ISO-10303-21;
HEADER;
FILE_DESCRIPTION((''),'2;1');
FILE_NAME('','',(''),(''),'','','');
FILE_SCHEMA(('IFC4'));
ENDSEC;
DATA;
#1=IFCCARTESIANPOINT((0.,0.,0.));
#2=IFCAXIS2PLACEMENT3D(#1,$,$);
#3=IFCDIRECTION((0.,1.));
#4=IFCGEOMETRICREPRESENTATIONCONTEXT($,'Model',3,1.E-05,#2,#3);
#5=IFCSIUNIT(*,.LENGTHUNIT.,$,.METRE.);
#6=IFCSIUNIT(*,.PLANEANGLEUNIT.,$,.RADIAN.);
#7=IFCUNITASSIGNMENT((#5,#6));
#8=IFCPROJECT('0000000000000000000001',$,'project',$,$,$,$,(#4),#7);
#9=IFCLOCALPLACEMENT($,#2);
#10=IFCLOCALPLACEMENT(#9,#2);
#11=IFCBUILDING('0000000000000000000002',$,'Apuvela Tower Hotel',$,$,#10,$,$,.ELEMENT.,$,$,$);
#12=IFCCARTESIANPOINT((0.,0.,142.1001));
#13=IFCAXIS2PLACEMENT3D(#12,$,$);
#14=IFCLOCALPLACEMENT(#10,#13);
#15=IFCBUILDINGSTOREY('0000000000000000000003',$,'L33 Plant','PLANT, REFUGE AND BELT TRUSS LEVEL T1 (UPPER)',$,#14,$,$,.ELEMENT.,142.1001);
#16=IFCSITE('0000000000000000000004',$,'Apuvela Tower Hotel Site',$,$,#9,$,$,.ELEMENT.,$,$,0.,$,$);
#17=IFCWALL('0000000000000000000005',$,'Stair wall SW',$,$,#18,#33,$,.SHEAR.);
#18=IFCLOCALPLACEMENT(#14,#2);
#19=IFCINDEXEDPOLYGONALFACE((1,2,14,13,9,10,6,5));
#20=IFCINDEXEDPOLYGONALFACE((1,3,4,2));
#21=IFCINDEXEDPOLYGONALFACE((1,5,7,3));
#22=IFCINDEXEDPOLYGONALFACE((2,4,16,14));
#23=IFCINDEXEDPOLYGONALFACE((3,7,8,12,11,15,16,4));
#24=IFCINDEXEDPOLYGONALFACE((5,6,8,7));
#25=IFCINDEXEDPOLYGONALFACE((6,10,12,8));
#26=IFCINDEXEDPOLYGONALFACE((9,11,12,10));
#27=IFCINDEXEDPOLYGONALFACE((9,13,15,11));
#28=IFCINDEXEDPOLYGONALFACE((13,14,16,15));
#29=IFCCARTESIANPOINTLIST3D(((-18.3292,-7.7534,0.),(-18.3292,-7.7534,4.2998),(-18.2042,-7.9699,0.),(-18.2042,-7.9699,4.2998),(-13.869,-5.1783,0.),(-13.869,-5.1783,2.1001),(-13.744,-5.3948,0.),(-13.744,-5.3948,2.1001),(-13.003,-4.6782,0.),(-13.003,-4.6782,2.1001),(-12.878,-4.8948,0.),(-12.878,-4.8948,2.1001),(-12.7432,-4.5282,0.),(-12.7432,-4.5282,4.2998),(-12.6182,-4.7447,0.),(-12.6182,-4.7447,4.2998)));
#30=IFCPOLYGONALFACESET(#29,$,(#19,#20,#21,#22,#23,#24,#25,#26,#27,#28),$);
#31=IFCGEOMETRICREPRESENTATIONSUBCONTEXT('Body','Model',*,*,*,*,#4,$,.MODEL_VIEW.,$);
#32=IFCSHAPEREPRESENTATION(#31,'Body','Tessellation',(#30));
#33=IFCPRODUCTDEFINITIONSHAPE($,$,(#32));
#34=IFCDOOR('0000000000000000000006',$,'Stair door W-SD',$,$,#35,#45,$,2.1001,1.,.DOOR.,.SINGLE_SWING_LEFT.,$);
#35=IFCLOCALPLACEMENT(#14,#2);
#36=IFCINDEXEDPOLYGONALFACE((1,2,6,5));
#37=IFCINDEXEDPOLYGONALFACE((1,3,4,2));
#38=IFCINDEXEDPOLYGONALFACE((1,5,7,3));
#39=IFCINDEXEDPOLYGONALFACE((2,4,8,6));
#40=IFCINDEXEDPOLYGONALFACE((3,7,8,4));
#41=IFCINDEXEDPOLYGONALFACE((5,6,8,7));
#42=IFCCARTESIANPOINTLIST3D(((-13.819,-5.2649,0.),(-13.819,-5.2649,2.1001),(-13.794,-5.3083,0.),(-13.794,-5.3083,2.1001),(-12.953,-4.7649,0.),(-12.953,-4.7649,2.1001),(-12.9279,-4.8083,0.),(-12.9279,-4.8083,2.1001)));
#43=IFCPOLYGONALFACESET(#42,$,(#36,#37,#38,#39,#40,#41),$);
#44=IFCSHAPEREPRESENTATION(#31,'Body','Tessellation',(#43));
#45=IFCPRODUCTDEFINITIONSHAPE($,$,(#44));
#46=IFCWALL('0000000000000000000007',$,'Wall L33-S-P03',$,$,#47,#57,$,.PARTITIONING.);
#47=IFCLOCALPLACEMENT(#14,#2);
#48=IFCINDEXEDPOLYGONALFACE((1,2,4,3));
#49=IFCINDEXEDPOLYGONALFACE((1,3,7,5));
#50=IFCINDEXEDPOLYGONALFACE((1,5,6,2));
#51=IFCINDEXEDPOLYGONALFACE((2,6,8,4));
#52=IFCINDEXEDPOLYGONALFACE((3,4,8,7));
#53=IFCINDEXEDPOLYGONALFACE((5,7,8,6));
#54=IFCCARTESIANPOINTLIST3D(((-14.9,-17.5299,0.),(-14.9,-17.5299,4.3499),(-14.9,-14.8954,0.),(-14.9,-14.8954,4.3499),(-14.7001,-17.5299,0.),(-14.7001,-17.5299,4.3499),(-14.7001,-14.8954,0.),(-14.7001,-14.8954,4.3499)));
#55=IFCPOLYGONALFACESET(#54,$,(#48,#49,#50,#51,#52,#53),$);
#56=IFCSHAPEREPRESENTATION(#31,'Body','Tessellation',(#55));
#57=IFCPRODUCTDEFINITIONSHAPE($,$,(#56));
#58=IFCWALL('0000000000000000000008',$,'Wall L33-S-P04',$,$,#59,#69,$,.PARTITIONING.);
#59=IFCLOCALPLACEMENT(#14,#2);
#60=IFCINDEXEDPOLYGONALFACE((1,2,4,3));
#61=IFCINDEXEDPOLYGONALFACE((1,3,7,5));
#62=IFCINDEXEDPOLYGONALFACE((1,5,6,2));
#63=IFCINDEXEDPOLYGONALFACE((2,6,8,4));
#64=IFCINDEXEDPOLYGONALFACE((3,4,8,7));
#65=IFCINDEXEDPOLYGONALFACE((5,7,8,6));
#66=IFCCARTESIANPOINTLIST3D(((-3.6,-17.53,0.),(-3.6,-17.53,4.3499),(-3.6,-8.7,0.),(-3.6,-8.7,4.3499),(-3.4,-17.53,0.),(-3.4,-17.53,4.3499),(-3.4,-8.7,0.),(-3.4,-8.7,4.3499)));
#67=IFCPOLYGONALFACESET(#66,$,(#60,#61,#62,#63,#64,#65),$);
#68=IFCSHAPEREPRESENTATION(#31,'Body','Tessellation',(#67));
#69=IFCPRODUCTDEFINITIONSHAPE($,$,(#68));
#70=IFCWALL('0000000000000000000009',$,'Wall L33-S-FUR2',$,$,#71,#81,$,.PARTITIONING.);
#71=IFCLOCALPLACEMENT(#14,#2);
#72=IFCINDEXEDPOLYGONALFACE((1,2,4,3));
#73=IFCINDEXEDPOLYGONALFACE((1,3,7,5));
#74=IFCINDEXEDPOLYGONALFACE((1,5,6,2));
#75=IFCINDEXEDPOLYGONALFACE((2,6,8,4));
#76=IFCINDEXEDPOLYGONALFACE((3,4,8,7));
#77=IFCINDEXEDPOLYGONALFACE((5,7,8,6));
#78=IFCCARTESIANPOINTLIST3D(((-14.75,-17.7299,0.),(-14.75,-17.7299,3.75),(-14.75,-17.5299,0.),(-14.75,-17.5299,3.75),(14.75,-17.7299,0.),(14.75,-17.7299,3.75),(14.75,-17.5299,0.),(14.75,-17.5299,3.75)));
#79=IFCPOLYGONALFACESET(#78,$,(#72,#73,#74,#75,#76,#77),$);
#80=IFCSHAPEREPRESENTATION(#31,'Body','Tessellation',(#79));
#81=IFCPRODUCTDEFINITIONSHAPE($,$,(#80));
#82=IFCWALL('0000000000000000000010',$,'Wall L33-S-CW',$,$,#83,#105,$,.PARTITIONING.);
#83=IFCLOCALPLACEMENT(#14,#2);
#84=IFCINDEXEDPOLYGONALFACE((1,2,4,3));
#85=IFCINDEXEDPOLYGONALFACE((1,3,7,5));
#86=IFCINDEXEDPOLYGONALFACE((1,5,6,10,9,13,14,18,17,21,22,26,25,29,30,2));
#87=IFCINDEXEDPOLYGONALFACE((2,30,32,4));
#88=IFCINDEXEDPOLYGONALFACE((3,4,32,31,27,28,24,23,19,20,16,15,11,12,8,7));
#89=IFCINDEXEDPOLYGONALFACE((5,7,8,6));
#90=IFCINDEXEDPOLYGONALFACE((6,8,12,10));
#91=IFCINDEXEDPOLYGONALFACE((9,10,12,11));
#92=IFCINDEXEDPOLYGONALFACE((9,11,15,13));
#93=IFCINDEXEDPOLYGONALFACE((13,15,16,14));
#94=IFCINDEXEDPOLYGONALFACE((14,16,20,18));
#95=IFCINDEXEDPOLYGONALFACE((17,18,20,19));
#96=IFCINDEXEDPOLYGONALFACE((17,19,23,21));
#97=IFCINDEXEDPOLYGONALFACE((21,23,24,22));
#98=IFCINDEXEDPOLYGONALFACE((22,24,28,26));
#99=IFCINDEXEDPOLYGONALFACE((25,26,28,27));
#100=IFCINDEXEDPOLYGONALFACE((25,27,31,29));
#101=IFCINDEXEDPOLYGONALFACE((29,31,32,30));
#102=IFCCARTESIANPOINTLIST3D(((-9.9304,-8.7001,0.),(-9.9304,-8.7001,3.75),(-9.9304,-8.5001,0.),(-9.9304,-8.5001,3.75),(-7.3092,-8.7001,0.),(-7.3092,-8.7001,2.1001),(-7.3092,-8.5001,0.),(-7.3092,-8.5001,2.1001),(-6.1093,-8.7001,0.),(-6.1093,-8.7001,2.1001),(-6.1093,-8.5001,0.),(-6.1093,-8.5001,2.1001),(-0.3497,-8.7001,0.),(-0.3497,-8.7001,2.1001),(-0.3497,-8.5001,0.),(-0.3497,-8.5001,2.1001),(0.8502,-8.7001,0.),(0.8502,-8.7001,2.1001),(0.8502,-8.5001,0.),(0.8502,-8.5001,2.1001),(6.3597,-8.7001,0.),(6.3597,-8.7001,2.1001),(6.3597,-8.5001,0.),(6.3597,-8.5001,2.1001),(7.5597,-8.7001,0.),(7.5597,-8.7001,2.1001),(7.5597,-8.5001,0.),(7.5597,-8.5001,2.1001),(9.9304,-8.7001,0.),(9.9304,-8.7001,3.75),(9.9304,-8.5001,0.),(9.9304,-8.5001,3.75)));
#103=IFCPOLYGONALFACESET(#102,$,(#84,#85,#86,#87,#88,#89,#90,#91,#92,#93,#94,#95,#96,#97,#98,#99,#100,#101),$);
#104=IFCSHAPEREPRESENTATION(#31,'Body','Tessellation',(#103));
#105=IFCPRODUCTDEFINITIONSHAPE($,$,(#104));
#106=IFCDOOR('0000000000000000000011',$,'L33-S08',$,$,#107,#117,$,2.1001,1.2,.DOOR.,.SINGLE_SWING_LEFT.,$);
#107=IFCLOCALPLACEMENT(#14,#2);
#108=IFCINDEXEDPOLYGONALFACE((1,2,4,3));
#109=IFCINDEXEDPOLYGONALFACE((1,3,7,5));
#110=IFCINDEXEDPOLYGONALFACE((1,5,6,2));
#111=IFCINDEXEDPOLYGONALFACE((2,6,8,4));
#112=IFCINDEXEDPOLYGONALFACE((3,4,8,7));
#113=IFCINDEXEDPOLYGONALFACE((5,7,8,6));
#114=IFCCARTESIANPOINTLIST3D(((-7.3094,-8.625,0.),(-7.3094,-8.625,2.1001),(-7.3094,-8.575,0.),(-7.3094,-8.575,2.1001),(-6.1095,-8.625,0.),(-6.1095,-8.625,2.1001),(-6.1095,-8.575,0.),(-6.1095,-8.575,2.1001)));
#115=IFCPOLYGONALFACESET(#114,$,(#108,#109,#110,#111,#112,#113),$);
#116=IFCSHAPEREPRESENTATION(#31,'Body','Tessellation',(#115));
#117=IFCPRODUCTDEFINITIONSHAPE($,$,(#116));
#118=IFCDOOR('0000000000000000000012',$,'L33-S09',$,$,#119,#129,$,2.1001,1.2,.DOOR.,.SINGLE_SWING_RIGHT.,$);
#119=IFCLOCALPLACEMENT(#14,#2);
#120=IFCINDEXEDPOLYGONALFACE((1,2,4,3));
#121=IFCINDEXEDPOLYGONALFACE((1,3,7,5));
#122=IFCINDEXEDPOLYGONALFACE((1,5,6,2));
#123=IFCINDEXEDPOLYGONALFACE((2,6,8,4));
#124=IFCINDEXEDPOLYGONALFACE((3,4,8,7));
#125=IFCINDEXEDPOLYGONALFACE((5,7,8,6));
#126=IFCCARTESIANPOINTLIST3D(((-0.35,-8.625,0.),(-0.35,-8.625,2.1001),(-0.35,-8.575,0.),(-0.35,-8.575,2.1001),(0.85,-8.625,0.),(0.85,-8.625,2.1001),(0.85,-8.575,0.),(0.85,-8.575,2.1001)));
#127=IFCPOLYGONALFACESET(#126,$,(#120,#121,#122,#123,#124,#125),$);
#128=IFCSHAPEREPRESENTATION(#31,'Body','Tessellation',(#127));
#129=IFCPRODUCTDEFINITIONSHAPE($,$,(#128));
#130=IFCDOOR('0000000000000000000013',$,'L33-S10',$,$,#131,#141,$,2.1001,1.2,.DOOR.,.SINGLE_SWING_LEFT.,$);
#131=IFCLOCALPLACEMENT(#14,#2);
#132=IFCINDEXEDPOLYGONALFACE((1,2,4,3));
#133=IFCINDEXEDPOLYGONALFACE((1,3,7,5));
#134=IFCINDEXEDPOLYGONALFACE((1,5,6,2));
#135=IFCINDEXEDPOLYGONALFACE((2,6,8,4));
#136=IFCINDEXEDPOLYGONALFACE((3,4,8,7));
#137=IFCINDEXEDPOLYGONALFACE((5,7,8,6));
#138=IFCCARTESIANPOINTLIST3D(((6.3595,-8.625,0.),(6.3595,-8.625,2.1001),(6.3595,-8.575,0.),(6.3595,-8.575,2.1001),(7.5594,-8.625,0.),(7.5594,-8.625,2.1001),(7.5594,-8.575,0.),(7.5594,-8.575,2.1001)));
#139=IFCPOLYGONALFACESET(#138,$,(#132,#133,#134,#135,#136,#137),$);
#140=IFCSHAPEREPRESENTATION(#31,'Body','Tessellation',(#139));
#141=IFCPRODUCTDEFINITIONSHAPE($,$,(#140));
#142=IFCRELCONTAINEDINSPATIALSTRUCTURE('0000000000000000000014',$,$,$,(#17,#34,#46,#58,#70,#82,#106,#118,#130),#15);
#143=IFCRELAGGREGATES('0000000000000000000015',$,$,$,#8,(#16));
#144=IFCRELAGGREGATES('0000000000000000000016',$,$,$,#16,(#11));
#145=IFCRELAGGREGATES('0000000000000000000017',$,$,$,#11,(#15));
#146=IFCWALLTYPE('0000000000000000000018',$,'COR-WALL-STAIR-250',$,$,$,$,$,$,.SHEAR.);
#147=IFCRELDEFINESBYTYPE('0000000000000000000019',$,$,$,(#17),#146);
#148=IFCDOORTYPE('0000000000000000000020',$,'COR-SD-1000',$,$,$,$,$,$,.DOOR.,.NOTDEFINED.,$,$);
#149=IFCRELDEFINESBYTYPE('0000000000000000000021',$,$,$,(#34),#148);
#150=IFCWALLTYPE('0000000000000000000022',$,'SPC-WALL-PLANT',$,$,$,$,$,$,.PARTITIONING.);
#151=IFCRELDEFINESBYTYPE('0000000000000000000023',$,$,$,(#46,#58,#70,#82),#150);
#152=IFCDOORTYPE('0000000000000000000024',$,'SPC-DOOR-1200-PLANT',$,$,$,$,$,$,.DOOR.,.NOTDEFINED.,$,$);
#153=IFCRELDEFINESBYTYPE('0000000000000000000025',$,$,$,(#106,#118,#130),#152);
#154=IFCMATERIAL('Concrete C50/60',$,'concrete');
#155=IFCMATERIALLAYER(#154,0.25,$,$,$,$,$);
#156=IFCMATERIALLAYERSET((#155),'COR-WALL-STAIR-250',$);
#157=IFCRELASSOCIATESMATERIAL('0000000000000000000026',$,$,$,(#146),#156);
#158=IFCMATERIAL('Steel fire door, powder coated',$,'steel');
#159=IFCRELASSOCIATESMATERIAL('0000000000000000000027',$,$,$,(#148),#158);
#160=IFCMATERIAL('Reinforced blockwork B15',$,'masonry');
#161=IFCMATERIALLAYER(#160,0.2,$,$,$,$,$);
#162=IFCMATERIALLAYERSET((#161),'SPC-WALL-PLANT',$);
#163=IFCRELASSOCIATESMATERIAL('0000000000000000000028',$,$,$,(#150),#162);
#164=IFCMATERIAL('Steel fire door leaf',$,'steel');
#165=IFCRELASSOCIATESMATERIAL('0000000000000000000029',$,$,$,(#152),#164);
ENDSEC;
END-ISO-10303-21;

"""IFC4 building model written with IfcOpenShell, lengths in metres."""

from ifc_helpers import new_model, si_unit, direction, frame, frame_2d, origin, place, context, subcontext, project, spatial, rectangle, extrude, material, layer, layer_set, type_object, element, fill, save


model = new_model("IFC4")

# Units and contexts
model_context = context("Model", 3, precision=1e-05, world=origin(), true_north=direction((0.0, 1.0)))
body_context = subcontext(model_context, "Body", "Model", "MODEL_VIEW")
ifc_project = project(units=[si_unit("LENGTHUNIT", "METRE"), si_unit("PLANEANGLEUNIT", "RADIAN")], contexts=[model_context])

# Site, building, storey
site_placement = place(None, origin())
site = spatial("IfcSite", under=ifc_project, at=site_placement, Name="Apuvela Tower Hotel Site", CompositionType="ELEMENT", RefElevation=0.0)
building_placement = place(site_placement, origin())
building = spatial("IfcBuilding", under=site, at=building_placement, Name="Apuvela Tower Hotel", CompositionType="ELEMENT")
storey_placement = place(building_placement, frame((0.0, 0.0, 142.1001)))
storey = spatial("IfcBuildingStorey", under=building, at=storey_placement, Name="L33 Plant", Description="PLANT, REFUGE AND BELT TRUSS LEVEL T1 (UPPER)", CompositionType="ELEMENT", Elevation=142.1001)

# Shared definitions
ifc_material_1 = material(Name="Concrete C50/60", Category="concrete")

# Wall, opening, door
ifc_layer_1 = layer(ifc_material_1, 0.25)
ifc_layer_set_1 = layer_set([ifc_layer_1], Name="COR-WALL-STAIR-250")
wall_type_1 = type_object("IfcWallType", Name="COR-WALL-STAIR-250", PredefinedType="SHEAR", material=ifc_layer_set_1)
wall_1_placement = place(storey_placement, frame((-12.6807, -4.6365, 0.0), z_axis=(0.0, 0.0, 1.0), x_axis=(-0.866022, -0.500006, 0.0)))
wall_1 = element("IfcWall", 1, at=wall_1_placement, inside=storey, type_object=wall_type_1, Name="Stair wall SW", PredefinedType="SHEAR", context=body_context, shape_type="SweptSolid", body=[
    extrude(rectangle(XDim=6.4502, YDim=0.25, at=frame_2d((3.2251, 0.0))), origin(), (0.0, 0.0, 1.0), 4.2998),
])
opening_1_placement = place(wall_1_placement, frame((0.3, 0.0, 0.0)))
opening_1 = element("IfcOpeningElement", 2, at=opening_1_placement, cuts=wall_1, PredefinedType="OPENING", context=body_context, shape_type="SweptSolid", body=[
    extrude(rectangle(XDim=1.0, YDim=2.1001, at=frame_2d((0.5, 1.05))), frame((0.0, 0.135, 0.0), z_axis=(0.0, -1.0, 0.0), x_axis=(1.0, 0.0, 0.0)), (0.0, 0.0, 1.0), 0.27),
])
ifc_material_2 = material(Name="Steel fire door, powder coated", Category="steel")
door_type_1 = type_object("IfcDoorType", Name="COR-SD-1000", OperationType="NOTDEFINED", PredefinedType="DOOR", material=ifc_material_2)
door_1_placement = place(opening_1_placement, frame((1.0, 0.0, 0.0), z_axis=(0.0, 0.0, 1.0), x_axis=(-1.0, 0.0, 0.0)))
door_1 = element("IfcDoor", 3, at=door_1_placement, inside=storey, type_object=door_type_1, Name="Stair door W-SD", OperationType="SINGLE_SWING_LEFT", OverallHeight=2.1001, OverallWidth=1.0, PredefinedType="DOOR", context=body_context, shape_type="SweptSolid", body=[
    extrude(rectangle(XDim=1.0, YDim=2.1001, at=frame_2d((0.5, 1.05))), frame((0.0, 0.0249, 0.0), z_axis=(0.0, -1.0, 0.0), x_axis=(1.0, 0.0, 0.0)), (0.0, 0.0, 1.0), 0.05),
])
fill(opening_1, door_1)

# Walls
ifc_material_3 = material(Name="Reinforced blockwork B15", Category="masonry")
ifc_layer_2 = layer(ifc_material_3, 0.2)
ifc_layer_set_2 = layer_set([ifc_layer_2], Name="SPC-WALL-PLANT")
wall_type_2 = type_object("IfcWallType", Name="SPC-WALL-PLANT", PredefinedType="PARTITIONING", material=ifc_layer_set_2)
wall_2_placement = place(storey_placement, frame((-14.8, -17.53, 0.0), z_axis=(0.0, 0.0, 1.0), x_axis=(0.0, 1.0, 0.0)))
element("IfcWall", 4, at=wall_2_placement, inside=storey, type_object=wall_type_2, Name="Wall L33-S-P03", PredefinedType="PARTITIONING", context=body_context, shape_type="SweptSolid", body=[
    extrude(rectangle(XDim=2.6345, YDim=0.2, at=frame_2d((1.3174, 0.0))), origin(), (0.0, 0.0, 1.0), 4.3499),
])
wall_3_placement = place(storey_placement, frame((-3.5, -17.53, 0.0), z_axis=(0.0, 0.0, 1.0), x_axis=(0.0, 1.0, 0.0)))
element("IfcWall", 5, at=wall_3_placement, inside=storey, type_object=wall_type_2, Name="Wall L33-S-P04", PredefinedType="PARTITIONING", context=body_context, shape_type="SweptSolid", body=[
    extrude(rectangle(XDim=8.8301, YDim=0.2, at=frame_2d((4.415, 0.0))), origin(), (0.0, 0.0, 1.0), 4.3499),
])
wall_4_placement = place(storey_placement, frame((-14.75, -17.6299, 0.0), z_axis=(0.0, 0.0, 1.0), x_axis=(1.0, 0.0, 0.0)))
element("IfcWall", 6, at=wall_4_placement, inside=storey, type_object=wall_type_2, Name="Wall L33-S-FUR2", PredefinedType="PARTITIONING", context=body_context, shape_type="SweptSolid", body=[
    extrude(rectangle(XDim=29.5, YDim=0.2, at=frame_2d((14.75, 0.0))), origin(), (0.0, 0.0, 1.0), 3.75),
])

# Wall, openings, doors
wall_5_placement = place(storey_placement, frame((-9.9304, -8.6001, 0.0), z_axis=(0.0, 0.0, 1.0), x_axis=(1.0, 0.0, 0.0)))
wall_5 = element("IfcWall", 7, at=wall_5_placement, inside=storey, type_object=wall_type_2, Name="Wall L33-S-CW", PredefinedType="PARTITIONING", context=body_context, shape_type="SweptSolid", body=[
    extrude(rectangle(XDim=19.8608, YDim=0.2, at=frame_2d((9.9304, 0.0))), origin(), (0.0, 0.0, 1.0), 3.75),
])
opening_2_placement = place(wall_5_placement, frame((2.6211, 0.0, 0.0)))
opening_2 = element("IfcOpeningElement", 8, at=opening_2_placement, cuts=wall_5, PredefinedType="OPENING", context=body_context, shape_type="SweptSolid", body=[
    extrude(rectangle(XDim=1.2, YDim=2.1001, at=frame_2d((0.6001, 1.05))), frame((0.0, 0.1099, 0.0), z_axis=(0.0, -1.0, 0.0), x_axis=(1.0, 0.0, 0.0)), (0.0, 0.0, 1.0), 0.22),
])
opening_3_placement = place(wall_5_placement, frame((9.5806, 0.0, 0.0)))
opening_3 = element("IfcOpeningElement", 9, at=opening_3_placement, cuts=wall_5, PredefinedType="OPENING", context=body_context, shape_type="SweptSolid", body=[
    extrude(rectangle(XDim=1.2, YDim=2.1001, at=frame_2d((0.6001, 1.05))), frame((0.0, 0.1099, 0.0), z_axis=(0.0, -1.0, 0.0), x_axis=(1.0, 0.0, 0.0)), (0.0, 0.0, 1.0), 0.22),
])
opening_4_placement = place(wall_5_placement, frame((16.29, 0.0, 0.0)))
opening_4 = element("IfcOpeningElement", 10, at=opening_4_placement, cuts=wall_5, PredefinedType="OPENING", context=body_context, shape_type="SweptSolid", body=[
    extrude(rectangle(XDim=1.2, YDim=2.1001, at=frame_2d((0.6001, 1.05))), frame((0.0, 0.1099, 0.0), z_axis=(0.0, -1.0, 0.0), x_axis=(1.0, 0.0, 0.0)), (0.0, 0.0, 1.0), 0.22),
])
ifc_material_4 = material(Name="Steel fire door leaf", Category="steel")
door_type_2 = type_object("IfcDoorType", Name="SPC-DOOR-1200-PLANT", OperationType="NOTDEFINED", PredefinedType="DOOR", material=ifc_material_4)
door_2_placement = place(opening_2_placement, frame((1.2, 0.0, 0.0), z_axis=(0.0, 0.0, 1.0), x_axis=(-1.0, 0.0, 0.0)))
door_2 = element("IfcDoor", 11, at=door_2_placement, inside=storey, type_object=door_type_2, Name="L33-S08", OperationType="SINGLE_SWING_LEFT", OverallHeight=2.1001, OverallWidth=1.2, PredefinedType="DOOR", context=body_context, shape_type="SweptSolid", body=[
    extrude(rectangle(XDim=1.2, YDim=2.1001, at=frame_2d((0.6001, 1.05))), frame((0.0, 0.0249, 0.0), z_axis=(0.0, -1.0, 0.0), x_axis=(1.0, 0.0, 0.0)), (0.0, 0.0, 1.0), 0.05),
])
fill(opening_2, door_2)
door_3_placement = place(opening_3_placement, frame((1.2, 0.0, 0.0), z_axis=(0.0, 0.0, 1.0), x_axis=(-1.0, 0.0, 0.0)))
door_3 = element("IfcDoor", 12, at=door_3_placement, inside=storey, type_object=door_type_2, Name="L33-S09", OperationType="SINGLE_SWING_RIGHT", OverallHeight=2.1001, OverallWidth=1.2, PredefinedType="DOOR", context=body_context, shape_type="SweptSolid", body=[
    extrude(rectangle(XDim=1.2, YDim=2.1001, at=frame_2d((0.6001, 1.05))), frame((0.0, 0.0249, 0.0), z_axis=(0.0, -1.0, 0.0), x_axis=(1.0, 0.0, 0.0)), (0.0, 0.0, 1.0), 0.05),
])
fill(opening_3, door_3)
door_4_placement = place(opening_4_placement, frame((1.2, 0.0, 0.0), z_axis=(0.0, 0.0, 1.0), x_axis=(-1.0, 0.0, 0.0)))
door_4 = element("IfcDoor", 13, at=door_4_placement, inside=storey, type_object=door_type_2, Name="L33-S10", OperationType="SINGLE_SWING_LEFT", OverallHeight=2.1001, OverallWidth=1.2, PredefinedType="DOOR", context=body_context, shape_type="SweptSolid", body=[
    extrude(rectangle(XDim=1.2, YDim=2.1001, at=frame_2d((0.6001, 1.05))), frame((0.0, 0.0249, 0.0), z_axis=(0.0, -1.0, 0.0), x_axis=(1.0, 0.0, 0.0)), (0.0, 0.0, 1.0), 0.05),
])
fill(opening_4, door_4)

save(model, "model.ifc")
